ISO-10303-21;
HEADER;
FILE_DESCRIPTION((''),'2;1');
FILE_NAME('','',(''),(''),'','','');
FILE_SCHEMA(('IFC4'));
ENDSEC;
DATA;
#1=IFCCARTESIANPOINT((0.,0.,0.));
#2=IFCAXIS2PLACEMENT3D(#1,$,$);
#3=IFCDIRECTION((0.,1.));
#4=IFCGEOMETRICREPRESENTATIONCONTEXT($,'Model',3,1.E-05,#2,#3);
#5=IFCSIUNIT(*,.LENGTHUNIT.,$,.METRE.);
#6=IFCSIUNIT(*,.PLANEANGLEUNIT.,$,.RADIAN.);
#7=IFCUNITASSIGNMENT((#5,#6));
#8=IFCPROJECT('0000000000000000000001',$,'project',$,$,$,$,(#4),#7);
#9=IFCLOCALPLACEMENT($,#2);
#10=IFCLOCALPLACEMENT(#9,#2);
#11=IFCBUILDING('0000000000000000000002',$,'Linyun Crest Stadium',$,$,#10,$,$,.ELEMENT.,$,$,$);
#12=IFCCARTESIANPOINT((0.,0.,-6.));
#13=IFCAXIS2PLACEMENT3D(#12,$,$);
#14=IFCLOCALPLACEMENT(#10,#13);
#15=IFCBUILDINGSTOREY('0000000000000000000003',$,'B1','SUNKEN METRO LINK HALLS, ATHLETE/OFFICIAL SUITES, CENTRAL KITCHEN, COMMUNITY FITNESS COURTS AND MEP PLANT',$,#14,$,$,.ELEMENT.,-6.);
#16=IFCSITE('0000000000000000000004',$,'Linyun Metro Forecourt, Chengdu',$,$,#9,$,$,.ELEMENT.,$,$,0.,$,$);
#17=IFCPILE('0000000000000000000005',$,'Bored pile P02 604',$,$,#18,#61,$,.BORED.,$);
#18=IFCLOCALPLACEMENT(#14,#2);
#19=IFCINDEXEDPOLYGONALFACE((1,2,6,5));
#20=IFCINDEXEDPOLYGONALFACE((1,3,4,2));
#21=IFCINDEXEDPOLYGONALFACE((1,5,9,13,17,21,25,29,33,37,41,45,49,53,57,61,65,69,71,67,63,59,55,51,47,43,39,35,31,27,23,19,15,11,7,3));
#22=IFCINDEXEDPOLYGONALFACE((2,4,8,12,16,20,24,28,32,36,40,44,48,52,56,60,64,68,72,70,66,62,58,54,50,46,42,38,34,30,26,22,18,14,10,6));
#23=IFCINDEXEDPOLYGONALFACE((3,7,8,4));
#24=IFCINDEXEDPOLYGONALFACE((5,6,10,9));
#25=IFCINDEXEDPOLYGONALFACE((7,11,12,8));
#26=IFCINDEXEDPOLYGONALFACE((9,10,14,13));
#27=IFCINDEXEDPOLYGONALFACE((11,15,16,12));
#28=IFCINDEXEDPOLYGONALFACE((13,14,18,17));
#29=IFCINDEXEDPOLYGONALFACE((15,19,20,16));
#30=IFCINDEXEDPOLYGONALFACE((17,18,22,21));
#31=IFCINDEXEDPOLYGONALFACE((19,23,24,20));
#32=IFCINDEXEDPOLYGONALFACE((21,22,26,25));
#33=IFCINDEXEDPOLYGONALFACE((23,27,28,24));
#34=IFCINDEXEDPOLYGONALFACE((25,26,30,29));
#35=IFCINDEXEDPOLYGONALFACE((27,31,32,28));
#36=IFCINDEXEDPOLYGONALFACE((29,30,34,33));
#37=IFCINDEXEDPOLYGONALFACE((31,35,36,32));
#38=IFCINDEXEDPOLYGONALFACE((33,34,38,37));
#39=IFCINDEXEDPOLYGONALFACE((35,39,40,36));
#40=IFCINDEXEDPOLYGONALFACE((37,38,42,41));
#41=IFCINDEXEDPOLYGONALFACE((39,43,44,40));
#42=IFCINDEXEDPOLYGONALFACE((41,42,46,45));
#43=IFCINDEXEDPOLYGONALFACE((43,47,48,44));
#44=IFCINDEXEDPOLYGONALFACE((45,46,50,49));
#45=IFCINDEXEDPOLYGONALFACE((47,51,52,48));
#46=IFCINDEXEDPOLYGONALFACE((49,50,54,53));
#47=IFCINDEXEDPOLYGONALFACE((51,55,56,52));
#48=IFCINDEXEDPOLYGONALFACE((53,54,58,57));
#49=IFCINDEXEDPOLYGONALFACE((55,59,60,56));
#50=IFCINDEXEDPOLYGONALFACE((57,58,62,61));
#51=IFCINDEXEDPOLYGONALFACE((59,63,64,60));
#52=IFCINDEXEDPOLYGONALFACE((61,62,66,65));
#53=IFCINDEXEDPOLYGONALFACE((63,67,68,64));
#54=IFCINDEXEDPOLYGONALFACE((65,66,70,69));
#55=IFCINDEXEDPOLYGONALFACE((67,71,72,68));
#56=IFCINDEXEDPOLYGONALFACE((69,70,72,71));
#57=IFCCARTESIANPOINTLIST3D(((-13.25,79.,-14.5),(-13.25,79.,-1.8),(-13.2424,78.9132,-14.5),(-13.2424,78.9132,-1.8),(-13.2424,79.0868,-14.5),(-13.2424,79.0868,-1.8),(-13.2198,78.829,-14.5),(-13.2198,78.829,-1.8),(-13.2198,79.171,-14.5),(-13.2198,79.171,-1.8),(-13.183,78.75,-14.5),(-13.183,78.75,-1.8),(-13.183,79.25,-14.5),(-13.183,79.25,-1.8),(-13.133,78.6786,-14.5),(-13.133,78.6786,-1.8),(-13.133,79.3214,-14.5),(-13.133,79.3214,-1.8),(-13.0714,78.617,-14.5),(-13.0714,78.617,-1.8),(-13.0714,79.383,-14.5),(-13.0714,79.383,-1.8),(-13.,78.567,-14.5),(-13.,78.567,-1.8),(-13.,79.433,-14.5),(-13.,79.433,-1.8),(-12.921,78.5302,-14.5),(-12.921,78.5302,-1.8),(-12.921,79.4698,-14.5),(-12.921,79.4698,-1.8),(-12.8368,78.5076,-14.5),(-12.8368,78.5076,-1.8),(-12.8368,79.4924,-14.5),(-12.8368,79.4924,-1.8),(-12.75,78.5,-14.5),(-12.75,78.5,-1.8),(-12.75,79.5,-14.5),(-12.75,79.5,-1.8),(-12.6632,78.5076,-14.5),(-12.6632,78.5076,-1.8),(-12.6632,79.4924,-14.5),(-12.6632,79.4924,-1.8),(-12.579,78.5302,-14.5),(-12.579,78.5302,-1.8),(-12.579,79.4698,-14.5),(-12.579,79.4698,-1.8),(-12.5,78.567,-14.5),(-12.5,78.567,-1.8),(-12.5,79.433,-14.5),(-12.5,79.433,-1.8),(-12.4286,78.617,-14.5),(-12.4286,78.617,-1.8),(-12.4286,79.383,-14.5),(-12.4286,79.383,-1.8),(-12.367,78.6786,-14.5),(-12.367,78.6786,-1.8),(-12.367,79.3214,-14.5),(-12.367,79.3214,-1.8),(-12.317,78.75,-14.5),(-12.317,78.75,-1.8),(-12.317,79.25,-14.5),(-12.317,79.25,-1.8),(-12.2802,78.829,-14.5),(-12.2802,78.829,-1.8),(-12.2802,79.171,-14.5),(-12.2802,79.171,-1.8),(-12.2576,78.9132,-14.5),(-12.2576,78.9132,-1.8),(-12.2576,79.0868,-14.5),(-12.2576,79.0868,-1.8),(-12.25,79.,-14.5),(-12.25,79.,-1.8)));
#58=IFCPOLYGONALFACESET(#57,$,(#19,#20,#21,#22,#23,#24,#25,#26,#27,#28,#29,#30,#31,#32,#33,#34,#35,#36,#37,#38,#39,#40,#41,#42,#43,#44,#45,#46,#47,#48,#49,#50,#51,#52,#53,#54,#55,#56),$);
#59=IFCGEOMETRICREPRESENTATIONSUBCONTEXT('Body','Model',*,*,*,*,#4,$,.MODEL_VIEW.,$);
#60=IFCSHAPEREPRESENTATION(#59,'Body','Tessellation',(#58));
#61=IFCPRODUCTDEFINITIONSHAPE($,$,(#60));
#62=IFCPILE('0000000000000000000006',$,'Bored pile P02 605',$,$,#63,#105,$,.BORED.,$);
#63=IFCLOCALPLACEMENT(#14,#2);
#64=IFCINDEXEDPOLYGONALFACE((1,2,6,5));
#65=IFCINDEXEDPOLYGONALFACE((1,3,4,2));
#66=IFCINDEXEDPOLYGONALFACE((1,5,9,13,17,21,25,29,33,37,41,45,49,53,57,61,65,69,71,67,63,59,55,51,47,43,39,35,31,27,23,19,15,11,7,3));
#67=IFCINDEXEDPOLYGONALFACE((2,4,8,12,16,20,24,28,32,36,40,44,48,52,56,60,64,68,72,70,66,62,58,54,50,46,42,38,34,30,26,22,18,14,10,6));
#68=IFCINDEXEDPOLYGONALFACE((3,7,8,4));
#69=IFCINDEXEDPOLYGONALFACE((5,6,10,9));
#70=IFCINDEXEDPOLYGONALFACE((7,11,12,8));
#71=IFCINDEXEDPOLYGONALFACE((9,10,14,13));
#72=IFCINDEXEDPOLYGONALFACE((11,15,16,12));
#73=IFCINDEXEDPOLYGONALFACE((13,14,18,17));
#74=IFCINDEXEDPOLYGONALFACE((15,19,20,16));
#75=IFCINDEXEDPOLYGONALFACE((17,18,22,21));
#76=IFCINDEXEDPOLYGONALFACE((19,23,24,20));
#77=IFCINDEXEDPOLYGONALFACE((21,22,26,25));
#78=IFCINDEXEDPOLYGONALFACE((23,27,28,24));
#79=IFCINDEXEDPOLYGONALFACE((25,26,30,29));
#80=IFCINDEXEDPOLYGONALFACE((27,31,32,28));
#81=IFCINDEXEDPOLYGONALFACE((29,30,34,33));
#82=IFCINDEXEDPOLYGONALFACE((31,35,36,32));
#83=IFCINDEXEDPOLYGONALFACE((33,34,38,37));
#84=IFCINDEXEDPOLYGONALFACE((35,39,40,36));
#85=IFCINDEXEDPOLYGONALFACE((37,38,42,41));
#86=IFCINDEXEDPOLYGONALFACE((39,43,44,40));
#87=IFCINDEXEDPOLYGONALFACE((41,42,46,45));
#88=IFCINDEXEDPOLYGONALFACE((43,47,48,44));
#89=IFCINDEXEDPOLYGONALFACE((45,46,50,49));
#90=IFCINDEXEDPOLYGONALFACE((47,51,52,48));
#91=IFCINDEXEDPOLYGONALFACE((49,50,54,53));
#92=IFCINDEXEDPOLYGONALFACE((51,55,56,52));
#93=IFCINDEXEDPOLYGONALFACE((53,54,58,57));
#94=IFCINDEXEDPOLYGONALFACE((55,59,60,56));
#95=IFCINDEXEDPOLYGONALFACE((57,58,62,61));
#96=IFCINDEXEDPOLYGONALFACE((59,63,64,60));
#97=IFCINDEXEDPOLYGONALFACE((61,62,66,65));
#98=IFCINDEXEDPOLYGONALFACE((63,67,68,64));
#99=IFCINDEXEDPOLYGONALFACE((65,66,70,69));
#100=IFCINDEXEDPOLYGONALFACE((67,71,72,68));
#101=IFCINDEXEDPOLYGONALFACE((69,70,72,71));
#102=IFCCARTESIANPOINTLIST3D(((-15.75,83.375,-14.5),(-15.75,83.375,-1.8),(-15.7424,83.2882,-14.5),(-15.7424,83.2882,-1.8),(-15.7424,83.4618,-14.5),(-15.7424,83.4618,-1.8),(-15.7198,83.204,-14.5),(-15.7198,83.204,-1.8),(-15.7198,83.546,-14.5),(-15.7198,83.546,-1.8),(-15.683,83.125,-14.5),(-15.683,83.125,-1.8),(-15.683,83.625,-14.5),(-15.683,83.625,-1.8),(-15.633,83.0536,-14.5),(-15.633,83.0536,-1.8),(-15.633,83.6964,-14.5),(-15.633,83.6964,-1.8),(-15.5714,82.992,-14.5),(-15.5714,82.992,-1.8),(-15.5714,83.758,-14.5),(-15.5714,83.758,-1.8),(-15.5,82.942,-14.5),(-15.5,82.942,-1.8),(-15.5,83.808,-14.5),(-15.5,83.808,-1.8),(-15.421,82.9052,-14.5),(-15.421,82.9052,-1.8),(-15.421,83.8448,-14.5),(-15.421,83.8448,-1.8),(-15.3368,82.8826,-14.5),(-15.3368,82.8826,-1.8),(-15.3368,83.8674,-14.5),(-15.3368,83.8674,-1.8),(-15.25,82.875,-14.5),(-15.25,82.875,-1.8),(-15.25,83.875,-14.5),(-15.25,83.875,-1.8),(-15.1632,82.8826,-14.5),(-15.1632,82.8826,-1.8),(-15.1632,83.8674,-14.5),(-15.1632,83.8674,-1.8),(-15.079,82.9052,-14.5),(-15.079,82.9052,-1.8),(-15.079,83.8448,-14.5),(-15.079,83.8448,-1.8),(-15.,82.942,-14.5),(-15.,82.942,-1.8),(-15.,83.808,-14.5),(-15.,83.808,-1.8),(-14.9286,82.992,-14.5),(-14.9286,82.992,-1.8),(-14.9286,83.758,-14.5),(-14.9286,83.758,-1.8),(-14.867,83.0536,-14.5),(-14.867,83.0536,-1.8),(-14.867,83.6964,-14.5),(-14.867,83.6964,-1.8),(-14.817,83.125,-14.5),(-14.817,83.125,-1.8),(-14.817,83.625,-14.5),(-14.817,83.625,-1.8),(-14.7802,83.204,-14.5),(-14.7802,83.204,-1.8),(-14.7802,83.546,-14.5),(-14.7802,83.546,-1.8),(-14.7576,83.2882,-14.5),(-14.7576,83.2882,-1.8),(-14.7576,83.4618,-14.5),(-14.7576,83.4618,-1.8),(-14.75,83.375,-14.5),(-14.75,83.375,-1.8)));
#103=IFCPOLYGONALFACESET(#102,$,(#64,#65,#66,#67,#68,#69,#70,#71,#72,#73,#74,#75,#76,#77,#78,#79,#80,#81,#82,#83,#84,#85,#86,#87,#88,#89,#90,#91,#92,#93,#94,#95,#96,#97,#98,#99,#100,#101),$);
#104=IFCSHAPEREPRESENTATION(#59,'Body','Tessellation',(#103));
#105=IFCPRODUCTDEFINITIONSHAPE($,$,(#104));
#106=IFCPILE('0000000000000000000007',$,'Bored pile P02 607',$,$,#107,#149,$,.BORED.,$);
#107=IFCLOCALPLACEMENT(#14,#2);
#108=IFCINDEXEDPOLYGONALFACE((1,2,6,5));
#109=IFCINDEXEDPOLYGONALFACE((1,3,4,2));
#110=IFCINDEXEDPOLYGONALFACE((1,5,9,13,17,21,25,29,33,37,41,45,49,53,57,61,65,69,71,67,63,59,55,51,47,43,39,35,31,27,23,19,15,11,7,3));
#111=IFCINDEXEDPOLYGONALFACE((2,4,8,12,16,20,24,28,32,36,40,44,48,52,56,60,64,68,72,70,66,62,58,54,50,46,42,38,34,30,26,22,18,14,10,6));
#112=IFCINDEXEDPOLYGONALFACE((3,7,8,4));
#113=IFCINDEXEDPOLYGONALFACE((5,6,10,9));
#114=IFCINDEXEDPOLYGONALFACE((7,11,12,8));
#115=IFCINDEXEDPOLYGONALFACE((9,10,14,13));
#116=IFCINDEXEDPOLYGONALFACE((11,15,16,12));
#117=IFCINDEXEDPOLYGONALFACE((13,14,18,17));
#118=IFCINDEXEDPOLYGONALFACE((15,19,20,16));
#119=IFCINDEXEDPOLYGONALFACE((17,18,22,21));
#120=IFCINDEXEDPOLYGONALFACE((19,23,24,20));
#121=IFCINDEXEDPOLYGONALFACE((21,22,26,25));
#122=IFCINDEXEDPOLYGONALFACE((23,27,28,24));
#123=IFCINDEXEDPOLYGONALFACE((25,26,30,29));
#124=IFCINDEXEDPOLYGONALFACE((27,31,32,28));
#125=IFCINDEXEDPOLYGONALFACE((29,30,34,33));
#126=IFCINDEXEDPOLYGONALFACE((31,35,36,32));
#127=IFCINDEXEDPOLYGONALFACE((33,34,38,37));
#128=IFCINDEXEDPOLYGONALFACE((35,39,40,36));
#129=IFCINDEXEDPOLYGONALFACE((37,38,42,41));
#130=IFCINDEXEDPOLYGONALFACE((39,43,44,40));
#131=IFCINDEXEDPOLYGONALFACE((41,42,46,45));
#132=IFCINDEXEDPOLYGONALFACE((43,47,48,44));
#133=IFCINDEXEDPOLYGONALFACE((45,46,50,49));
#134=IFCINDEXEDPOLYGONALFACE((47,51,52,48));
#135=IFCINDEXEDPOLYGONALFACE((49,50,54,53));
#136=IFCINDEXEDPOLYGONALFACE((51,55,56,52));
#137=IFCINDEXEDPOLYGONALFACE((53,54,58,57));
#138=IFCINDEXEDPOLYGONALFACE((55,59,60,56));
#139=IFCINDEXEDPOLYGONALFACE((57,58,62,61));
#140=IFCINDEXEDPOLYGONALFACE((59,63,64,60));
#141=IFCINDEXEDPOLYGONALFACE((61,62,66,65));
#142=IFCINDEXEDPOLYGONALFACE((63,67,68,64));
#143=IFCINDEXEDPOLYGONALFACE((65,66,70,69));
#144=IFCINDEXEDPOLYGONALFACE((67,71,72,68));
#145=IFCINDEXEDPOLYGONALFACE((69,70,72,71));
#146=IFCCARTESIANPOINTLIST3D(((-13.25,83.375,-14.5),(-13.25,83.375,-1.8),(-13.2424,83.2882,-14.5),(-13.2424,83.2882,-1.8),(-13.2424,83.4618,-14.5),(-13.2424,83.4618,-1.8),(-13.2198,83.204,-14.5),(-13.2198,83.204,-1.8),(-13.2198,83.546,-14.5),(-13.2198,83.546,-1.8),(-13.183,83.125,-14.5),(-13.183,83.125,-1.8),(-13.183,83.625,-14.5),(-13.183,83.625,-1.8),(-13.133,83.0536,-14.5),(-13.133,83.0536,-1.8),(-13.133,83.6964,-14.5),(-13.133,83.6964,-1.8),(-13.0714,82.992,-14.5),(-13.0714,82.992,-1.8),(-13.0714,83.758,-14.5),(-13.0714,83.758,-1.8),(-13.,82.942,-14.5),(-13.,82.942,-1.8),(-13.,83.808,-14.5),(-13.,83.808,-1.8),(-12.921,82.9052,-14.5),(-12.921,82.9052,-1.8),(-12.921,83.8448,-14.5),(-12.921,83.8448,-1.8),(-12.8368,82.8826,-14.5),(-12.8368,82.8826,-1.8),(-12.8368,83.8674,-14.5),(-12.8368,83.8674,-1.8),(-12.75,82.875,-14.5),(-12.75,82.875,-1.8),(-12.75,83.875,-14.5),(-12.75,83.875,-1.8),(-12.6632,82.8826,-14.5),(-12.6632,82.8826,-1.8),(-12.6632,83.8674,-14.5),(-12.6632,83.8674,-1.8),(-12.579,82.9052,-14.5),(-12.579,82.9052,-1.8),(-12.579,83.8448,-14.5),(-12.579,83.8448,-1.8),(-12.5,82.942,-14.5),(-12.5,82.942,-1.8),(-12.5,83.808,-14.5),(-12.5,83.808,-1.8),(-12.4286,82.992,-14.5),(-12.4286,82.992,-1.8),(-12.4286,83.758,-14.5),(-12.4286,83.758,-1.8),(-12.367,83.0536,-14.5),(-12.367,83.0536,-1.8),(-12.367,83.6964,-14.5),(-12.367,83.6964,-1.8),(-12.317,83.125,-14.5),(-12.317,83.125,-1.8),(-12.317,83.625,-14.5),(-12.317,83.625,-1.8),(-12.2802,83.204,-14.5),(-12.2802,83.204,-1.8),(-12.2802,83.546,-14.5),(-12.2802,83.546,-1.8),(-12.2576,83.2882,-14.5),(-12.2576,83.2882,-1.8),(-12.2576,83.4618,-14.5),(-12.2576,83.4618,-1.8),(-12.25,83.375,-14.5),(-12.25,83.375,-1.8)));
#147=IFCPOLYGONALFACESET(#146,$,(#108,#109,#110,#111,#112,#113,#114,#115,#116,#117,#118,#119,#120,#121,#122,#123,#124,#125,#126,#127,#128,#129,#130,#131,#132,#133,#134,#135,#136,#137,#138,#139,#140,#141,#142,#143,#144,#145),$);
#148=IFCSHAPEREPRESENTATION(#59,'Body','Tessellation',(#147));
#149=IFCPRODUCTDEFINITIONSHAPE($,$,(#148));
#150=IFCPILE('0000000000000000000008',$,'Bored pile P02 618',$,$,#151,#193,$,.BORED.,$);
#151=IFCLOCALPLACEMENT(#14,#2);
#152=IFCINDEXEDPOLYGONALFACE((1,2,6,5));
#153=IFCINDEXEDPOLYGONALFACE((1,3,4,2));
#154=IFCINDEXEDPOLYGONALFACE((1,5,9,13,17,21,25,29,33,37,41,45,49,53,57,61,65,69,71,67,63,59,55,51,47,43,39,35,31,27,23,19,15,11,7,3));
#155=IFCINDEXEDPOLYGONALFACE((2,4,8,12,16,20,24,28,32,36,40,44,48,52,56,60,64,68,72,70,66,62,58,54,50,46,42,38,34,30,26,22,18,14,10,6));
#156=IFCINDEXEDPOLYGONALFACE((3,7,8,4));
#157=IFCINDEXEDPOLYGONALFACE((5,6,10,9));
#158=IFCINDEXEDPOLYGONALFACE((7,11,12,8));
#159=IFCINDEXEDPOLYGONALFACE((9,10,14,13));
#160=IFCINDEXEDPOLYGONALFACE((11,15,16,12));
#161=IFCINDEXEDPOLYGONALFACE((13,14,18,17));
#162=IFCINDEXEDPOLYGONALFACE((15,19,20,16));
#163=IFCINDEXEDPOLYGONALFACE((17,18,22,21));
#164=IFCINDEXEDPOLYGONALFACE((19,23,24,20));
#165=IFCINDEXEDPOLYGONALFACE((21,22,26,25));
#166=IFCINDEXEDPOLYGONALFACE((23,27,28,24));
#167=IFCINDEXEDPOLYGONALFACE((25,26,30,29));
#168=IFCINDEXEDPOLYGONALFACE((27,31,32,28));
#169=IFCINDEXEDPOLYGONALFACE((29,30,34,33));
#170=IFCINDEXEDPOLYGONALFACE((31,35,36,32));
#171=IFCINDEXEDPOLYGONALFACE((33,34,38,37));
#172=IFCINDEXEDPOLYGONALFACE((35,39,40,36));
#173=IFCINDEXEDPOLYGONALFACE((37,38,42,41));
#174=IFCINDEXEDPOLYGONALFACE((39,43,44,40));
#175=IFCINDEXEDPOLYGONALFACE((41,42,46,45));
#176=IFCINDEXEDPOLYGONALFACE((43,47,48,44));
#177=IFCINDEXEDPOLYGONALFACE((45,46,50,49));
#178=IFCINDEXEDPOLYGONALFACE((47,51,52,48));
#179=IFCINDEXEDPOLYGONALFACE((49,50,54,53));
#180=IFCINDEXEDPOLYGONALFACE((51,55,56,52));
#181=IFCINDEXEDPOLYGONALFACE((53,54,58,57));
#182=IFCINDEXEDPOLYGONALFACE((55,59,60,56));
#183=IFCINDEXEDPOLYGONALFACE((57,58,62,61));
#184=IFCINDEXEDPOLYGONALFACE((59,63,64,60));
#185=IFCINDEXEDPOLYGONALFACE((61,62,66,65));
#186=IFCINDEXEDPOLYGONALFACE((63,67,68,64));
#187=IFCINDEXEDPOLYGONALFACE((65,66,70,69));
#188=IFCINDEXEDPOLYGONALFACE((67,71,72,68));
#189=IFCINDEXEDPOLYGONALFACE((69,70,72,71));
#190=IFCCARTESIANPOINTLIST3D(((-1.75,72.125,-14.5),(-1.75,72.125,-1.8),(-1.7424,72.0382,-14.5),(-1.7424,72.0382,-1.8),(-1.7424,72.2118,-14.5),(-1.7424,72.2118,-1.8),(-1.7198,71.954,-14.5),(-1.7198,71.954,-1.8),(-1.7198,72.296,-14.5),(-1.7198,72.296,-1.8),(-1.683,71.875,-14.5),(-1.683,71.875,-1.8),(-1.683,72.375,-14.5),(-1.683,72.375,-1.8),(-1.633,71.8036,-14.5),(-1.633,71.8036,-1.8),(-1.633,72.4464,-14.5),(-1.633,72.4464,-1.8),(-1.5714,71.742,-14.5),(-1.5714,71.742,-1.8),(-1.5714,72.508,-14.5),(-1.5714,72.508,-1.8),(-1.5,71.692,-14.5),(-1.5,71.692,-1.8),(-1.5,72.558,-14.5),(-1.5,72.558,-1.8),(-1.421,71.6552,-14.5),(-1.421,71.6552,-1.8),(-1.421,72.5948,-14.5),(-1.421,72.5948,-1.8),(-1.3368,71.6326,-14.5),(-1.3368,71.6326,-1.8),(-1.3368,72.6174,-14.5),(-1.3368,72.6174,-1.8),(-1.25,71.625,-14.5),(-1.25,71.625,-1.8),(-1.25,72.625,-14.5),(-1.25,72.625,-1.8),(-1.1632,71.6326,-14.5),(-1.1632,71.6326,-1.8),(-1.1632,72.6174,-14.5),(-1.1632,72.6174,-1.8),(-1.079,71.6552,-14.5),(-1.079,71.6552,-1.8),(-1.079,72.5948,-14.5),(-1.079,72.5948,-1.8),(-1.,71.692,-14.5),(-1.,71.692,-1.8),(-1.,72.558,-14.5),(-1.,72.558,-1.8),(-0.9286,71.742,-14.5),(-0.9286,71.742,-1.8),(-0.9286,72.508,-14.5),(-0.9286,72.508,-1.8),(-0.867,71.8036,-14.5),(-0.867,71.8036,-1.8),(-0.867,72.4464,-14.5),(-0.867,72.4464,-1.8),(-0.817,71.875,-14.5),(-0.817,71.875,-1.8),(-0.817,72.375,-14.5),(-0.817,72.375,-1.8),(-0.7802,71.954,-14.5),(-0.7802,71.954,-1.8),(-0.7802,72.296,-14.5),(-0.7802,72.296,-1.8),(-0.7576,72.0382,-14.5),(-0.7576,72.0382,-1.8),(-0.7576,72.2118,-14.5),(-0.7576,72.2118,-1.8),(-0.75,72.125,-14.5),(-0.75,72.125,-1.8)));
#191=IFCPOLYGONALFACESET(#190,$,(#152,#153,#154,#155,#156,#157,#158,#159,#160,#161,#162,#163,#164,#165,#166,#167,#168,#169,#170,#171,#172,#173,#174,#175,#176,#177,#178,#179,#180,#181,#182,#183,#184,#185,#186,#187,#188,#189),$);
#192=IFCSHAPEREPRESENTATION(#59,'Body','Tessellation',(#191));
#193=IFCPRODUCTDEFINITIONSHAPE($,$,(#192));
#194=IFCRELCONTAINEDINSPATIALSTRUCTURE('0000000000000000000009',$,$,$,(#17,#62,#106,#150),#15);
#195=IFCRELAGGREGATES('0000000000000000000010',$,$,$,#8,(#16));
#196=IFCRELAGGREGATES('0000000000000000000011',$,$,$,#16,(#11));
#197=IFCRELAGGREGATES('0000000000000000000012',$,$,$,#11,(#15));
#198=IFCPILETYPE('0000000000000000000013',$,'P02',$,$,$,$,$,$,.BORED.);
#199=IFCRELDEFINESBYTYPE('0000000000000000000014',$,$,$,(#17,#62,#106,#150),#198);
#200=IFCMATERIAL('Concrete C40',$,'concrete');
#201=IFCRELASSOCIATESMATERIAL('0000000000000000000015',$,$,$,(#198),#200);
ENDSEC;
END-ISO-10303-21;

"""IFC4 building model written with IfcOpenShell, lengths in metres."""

from ifc_helpers import new_model, si_unit, direction, frame, origin, origin_2d, place, context, subcontext, project, spatial, circle, extrude, material, material_profile, profile_set, type_object, element, save


model = new_model("IFC4")

# Units and contexts
model_context = context("Model", 3, precision=1e-05, world=origin(), true_north=direction((0.0, 1.0)))
body_context = subcontext(model_context, "Body", "Model", "MODEL_VIEW")
ifc_project = project(units=[si_unit("LENGTHUNIT", "METRE"), si_unit("PLANEANGLEUNIT", "RADIAN")], contexts=[model_context])

# Site, building, storey
site_placement = place(None, origin())
site = spatial("IfcSite", under=ifc_project, at=site_placement, Name="Linyun Metro Forecourt, Chengdu", CompositionType="ELEMENT", RefElevation=0.0)
building_placement = place(site_placement, origin())
building = spatial("IfcBuilding", under=site, at=building_placement, Name="Linyun Crest Stadium", CompositionType="ELEMENT")
storey_placement = place(building_placement, frame((0.0, 0.0, -6.0)))
storey = spatial("IfcBuildingStorey", under=building, at=storey_placement, Name="B1", Description="SUNKEN METRO LINK HALLS, ATHLETE/OFFICIAL SUITES, CENTRAL KITCHEN, COMMUNITY FITNESS COURTS AND MEP PLANT", CompositionType="ELEMENT", Elevation=-6.0)

# Piles
ifc_material_1 = material(Name="Concrete C40", Category="concrete")
ifc_material_profile_1 = material_profile(ifc_material_1, circle(Radius=0.5, at=origin_2d()), Name="BORED PILE 1000")
ifc_profile_set_1 = profile_set([ifc_material_profile_1], Name="Concrete C40")
pile_type = type_object("IfcPileType", Name="P02", PredefinedType="BORED", material=ifc_profile_set_1)
for number, where, z_axis, x_axis, name in (
    (1, (-12.75, 79.0, -1.8), (0.0, 0.0, -1.0), (1.0, 0.0, 0.0), "Bored pile P02 604"),
    (2, (-15.25, 83.375, -1.8), (0.0, 0.0, -1.0), (1.0, 0.0, 0.0), "Bored pile P02 605"),
    (3, (-12.75, 83.375, -1.8), (0.0, 0.0, -1.0), (1.0, 0.0, 0.0), "Bored pile P02 607"),
    (4, (-1.25, 72.125, -1.8), (0.0, 0.0, -1.0), (1.0, 0.0, 0.0), "Bored pile P02 618"),
):
    element("IfcPile", number, at=place(storey_placement, frame(where, z_axis=z_axis, x_axis=x_axis)), inside=storey, type_object=pile_type, Name=name, PredefinedType="BORED", context=body_context, shape_type="SweptSolid", body=[
        extrude(circle(Radius=0.5, at=origin_2d()), origin(), (0.0, 0.0, 1.0), 12.7),
    ])

save(model, "model.ifc")
